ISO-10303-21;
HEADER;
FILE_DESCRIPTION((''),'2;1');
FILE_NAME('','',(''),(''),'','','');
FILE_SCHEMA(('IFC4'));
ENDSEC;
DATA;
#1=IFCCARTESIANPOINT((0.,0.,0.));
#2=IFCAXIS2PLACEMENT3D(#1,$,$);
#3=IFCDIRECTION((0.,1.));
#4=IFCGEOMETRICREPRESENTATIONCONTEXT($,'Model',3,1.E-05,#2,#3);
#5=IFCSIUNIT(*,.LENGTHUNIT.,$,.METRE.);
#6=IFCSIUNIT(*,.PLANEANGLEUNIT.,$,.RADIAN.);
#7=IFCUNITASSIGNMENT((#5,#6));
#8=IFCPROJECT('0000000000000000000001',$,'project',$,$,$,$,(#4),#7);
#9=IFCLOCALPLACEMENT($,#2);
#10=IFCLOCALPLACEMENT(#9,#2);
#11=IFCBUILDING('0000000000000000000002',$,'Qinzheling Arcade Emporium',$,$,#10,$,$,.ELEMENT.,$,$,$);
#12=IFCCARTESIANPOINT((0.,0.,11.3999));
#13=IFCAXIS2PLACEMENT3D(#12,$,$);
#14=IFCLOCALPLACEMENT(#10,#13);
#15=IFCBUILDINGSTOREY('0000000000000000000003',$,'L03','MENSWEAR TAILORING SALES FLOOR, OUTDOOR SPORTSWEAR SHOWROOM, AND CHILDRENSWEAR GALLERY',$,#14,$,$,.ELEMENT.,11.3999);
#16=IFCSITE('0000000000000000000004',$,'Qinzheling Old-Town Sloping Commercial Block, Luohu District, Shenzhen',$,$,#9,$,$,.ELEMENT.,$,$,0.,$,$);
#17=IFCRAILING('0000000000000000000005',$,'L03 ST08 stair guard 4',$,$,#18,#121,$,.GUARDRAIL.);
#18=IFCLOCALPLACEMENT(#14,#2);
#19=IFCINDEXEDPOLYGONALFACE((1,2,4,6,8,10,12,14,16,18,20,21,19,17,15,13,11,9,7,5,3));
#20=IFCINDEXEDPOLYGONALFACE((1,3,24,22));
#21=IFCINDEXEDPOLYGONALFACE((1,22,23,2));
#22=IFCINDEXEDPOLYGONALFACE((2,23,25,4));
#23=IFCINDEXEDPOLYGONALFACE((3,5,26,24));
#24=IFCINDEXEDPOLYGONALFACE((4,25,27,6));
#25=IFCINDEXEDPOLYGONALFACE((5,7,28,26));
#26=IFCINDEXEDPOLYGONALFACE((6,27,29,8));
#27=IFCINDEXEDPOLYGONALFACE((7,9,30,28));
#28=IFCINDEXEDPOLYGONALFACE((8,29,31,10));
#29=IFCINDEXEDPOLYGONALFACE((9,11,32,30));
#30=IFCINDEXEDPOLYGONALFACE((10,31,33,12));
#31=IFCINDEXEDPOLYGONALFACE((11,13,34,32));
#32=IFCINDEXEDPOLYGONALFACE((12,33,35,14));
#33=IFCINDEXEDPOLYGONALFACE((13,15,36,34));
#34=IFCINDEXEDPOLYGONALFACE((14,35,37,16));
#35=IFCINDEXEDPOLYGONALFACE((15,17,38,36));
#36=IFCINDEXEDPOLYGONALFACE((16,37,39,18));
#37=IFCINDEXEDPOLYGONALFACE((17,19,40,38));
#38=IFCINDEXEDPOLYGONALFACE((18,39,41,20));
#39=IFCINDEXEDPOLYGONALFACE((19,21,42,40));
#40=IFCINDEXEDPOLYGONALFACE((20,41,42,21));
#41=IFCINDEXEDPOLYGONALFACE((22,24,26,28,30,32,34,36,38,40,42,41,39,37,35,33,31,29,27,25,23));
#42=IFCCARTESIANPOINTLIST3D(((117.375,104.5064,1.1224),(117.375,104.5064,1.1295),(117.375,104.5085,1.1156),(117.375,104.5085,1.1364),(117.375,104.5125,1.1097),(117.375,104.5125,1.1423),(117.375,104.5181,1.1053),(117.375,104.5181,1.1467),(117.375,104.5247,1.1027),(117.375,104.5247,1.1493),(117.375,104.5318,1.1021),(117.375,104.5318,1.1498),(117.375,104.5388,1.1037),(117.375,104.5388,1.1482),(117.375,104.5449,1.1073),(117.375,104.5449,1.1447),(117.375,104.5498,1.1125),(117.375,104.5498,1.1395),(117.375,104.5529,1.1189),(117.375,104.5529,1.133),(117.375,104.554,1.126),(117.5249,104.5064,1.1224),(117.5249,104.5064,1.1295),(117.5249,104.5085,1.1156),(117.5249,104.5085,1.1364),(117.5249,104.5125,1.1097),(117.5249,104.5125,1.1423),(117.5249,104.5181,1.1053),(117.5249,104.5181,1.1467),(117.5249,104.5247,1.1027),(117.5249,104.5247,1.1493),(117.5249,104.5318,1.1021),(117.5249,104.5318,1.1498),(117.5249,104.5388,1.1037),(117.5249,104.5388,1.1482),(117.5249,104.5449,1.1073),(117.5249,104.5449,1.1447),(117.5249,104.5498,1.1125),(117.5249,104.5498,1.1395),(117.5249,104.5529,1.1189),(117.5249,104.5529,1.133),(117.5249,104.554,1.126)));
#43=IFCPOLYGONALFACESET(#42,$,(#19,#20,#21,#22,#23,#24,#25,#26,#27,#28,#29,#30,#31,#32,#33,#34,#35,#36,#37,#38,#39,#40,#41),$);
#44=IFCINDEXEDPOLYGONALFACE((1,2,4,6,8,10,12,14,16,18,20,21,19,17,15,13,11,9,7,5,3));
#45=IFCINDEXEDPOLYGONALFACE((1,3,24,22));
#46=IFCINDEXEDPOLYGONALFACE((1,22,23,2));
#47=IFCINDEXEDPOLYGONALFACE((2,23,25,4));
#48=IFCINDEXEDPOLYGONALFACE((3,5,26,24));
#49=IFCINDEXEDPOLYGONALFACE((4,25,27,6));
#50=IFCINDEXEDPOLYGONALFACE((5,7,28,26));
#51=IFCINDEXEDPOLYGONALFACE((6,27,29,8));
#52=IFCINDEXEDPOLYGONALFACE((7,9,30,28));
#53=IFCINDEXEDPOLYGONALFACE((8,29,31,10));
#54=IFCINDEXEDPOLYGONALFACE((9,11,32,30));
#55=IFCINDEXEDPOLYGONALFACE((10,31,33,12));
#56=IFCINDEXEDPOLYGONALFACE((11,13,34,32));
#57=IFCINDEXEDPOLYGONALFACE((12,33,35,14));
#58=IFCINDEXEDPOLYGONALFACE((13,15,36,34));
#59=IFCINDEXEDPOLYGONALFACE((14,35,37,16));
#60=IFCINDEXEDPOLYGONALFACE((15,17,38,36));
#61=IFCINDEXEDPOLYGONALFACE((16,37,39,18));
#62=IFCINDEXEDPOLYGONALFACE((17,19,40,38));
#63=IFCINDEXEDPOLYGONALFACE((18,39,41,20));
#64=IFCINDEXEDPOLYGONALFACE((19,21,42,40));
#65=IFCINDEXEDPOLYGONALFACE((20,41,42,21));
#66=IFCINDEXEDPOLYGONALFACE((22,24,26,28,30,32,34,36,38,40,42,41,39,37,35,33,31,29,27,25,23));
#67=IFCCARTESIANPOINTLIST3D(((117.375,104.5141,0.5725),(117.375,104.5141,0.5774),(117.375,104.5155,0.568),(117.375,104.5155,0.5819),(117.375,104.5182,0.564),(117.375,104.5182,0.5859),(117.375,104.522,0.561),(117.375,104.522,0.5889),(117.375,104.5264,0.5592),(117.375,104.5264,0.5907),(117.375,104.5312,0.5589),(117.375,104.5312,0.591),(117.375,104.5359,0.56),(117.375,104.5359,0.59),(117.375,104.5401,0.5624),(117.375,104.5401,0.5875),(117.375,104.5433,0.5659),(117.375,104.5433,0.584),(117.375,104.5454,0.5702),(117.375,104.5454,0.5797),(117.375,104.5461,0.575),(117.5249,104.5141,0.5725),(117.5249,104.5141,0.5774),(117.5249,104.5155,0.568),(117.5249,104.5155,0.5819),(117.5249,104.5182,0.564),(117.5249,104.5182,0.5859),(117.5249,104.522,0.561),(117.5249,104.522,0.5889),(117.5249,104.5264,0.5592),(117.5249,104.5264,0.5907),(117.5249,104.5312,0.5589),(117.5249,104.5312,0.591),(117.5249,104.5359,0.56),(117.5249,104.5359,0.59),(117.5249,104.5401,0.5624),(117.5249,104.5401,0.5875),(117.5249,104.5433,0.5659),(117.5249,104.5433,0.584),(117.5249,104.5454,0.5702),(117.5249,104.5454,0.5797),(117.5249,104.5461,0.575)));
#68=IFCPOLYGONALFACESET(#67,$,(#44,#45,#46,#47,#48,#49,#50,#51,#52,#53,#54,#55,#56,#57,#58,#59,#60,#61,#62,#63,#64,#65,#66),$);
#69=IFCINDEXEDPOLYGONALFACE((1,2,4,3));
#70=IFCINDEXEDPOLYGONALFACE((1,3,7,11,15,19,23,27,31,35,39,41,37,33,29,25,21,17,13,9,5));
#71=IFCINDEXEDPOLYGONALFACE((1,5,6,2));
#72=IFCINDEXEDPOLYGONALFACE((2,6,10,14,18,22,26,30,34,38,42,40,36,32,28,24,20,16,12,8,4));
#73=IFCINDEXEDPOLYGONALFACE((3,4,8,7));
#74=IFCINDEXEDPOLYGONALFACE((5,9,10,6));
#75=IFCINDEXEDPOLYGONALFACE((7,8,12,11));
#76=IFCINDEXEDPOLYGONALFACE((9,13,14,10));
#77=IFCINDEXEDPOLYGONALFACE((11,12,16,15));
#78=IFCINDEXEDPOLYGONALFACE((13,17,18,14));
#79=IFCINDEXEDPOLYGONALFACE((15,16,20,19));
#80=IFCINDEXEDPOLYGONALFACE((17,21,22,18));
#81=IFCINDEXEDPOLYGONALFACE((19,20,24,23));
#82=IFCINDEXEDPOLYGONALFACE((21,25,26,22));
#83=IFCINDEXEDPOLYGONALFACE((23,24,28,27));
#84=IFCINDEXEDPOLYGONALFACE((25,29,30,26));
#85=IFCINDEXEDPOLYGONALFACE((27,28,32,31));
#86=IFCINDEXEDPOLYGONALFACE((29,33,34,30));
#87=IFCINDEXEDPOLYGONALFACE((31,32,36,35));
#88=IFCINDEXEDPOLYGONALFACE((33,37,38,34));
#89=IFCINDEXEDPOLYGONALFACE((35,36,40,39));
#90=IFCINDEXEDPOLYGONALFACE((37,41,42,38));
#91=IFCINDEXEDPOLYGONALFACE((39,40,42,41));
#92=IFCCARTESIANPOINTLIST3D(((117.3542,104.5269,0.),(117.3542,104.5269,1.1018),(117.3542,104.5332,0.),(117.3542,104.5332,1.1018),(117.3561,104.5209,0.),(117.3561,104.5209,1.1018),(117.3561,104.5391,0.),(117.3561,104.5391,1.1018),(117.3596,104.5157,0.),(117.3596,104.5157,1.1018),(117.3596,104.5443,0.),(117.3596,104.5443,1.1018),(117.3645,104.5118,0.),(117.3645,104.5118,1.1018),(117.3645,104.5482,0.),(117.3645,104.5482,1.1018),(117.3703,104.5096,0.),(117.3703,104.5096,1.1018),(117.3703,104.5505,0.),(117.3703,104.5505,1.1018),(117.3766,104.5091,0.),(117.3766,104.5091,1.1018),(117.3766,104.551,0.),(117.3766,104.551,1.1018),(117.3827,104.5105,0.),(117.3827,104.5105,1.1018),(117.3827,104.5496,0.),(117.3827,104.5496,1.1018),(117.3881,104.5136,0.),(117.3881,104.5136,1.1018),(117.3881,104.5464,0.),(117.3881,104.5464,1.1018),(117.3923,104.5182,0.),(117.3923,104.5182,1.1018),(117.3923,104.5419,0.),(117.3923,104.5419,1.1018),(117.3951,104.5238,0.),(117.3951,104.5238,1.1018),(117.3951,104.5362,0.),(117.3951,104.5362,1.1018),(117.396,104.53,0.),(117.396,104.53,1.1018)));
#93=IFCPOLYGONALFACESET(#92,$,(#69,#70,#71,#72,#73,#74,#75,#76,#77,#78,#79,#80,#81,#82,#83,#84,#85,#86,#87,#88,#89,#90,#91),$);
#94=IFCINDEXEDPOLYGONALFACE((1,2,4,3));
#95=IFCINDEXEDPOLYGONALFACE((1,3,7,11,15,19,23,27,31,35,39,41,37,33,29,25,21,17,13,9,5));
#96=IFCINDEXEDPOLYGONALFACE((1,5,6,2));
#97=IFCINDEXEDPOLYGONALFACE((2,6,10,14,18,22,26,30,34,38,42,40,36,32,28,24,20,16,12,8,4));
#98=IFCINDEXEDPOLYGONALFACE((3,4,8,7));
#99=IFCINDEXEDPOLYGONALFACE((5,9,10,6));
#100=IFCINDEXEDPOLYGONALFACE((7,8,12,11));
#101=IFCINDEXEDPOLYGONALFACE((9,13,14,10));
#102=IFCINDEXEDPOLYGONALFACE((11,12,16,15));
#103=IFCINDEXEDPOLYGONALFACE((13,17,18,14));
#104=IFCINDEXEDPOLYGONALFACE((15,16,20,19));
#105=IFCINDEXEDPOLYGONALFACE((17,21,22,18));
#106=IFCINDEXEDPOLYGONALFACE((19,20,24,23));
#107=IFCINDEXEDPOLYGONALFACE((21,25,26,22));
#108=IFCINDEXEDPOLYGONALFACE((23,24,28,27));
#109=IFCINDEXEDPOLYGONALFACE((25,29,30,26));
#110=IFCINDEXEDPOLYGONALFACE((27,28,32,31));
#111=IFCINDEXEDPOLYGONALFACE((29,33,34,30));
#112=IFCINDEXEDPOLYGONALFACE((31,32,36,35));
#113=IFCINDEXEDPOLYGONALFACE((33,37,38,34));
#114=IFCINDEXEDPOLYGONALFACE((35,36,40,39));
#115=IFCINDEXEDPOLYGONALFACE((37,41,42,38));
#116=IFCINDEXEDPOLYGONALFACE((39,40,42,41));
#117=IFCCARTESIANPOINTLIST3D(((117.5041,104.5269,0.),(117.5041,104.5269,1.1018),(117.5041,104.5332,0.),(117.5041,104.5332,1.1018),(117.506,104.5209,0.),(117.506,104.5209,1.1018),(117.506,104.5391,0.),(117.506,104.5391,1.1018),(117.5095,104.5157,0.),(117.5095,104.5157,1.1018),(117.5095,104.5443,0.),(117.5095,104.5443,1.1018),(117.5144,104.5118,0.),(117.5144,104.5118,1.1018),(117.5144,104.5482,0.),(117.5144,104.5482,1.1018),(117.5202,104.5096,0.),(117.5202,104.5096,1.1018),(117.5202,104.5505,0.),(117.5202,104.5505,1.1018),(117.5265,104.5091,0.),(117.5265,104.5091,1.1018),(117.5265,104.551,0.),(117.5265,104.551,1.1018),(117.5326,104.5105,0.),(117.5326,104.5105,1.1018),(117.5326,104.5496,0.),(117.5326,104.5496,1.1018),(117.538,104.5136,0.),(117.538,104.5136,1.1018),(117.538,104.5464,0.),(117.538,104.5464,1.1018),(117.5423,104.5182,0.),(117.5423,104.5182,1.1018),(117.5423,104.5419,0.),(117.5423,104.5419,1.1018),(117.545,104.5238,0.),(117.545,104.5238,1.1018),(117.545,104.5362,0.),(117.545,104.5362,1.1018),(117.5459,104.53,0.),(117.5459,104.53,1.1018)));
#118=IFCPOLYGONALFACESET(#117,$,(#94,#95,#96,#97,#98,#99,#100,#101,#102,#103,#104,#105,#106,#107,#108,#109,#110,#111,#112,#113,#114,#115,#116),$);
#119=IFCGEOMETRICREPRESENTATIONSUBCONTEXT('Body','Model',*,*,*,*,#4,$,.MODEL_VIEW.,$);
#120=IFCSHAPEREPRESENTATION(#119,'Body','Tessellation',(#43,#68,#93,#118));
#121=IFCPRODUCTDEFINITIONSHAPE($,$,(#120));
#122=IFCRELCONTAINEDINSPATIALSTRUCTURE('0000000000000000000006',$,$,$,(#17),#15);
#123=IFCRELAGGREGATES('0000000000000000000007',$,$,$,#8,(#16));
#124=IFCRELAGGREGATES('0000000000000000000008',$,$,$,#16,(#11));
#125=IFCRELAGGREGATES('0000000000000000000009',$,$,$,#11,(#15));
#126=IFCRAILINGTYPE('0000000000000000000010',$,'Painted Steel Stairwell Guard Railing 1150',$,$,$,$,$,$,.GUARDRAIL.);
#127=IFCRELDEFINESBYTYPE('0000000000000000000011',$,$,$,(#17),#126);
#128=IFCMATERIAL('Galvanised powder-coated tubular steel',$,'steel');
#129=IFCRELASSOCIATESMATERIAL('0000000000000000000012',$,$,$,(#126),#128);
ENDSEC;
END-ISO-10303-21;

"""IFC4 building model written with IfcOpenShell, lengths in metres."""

from ifc_helpers import new_model, si_unit, direction, frame, origin, origin_2d, place, context, subcontext, project, spatial, circle, extrude, material, type_object, element, save


model = new_model("IFC4")

# Units and contexts
model_context = context("Model", 3, precision=1e-05, world=origin(), true_north=direction((0.0, 1.0)))
body_context = subcontext(model_context, "Body", "Model", "MODEL_VIEW")
ifc_project = project(units=[si_unit("LENGTHUNIT", "METRE"), si_unit("PLANEANGLEUNIT", "RADIAN")], contexts=[model_context])

# Site, building, storey
site_placement = place(None, origin())
site = spatial("IfcSite", under=ifc_project, at=site_placement, Name="Qinzheling Old-Town Sloping Commercial Block, Luohu District, Shenzhen", CompositionType="ELEMENT", RefElevation=0.0)
building_placement = place(site_placement, origin())
building = spatial("IfcBuilding", under=site, at=building_placement, Name="Qinzheling Arcade Emporium", CompositionType="ELEMENT")
storey_placement = place(building_placement, frame((0.0, 0.0, 11.3999)))
storey = spatial("IfcBuildingStorey", under=building, at=storey_placement, Name="L03", Description="MENSWEAR TAILORING SALES FLOOR, OUTDOOR SPORTSWEAR SHOWROOM, AND CHILDRENSWEAR GALLERY", CompositionType="ELEMENT", Elevation=11.3999)

# Railing
ifc_material_1 = material(Name="Galvanised powder-coated tubular steel", Category="steel")
railing_type_1 = type_object("IfcRailingType", Name="Painted Steel Stairwell Guard Railing 1150", PredefinedType="GUARDRAIL", material=ifc_material_1)
railing_1_placement = place(storey_placement, frame((117.375, 104.53, 0.0)))
element("IfcRailing", 1, at=railing_1_placement, inside=storey, type_object=railing_type_1, Name="L03 ST08 stair guard 4", PredefinedType="GUARDRAIL", context=body_context, shape_type="SweptSolid", body=[
    extrude(circle(Radius=0.0239, at=origin_2d()), frame((0.0, 0.0, 1.126), z_axis=(1.0, 0.0, 0.0), x_axis=(0.0, 1.0, 0.0)), (0.0, 0.0, 1.0), 0.1499),
    extrude(circle(Radius=0.0161, at=origin_2d()), frame((0.0, 0.0, 0.575), z_axis=(1.0, 0.0, 0.0), x_axis=(0.0, 1.0, 0.0)), (0.0, 0.0, 1.0), 0.1499),
    extrude(circle(Radius=0.021, at=origin_2d()), origin(), (0.0, 0.0, 1.0), 1.1018),
    extrude(circle(Radius=0.021, at=origin_2d()), frame((0.1499, 0.0, 0.0)), (0.0, 0.0, 1.0), 1.1018),
])

save(model, "model.ifc")
